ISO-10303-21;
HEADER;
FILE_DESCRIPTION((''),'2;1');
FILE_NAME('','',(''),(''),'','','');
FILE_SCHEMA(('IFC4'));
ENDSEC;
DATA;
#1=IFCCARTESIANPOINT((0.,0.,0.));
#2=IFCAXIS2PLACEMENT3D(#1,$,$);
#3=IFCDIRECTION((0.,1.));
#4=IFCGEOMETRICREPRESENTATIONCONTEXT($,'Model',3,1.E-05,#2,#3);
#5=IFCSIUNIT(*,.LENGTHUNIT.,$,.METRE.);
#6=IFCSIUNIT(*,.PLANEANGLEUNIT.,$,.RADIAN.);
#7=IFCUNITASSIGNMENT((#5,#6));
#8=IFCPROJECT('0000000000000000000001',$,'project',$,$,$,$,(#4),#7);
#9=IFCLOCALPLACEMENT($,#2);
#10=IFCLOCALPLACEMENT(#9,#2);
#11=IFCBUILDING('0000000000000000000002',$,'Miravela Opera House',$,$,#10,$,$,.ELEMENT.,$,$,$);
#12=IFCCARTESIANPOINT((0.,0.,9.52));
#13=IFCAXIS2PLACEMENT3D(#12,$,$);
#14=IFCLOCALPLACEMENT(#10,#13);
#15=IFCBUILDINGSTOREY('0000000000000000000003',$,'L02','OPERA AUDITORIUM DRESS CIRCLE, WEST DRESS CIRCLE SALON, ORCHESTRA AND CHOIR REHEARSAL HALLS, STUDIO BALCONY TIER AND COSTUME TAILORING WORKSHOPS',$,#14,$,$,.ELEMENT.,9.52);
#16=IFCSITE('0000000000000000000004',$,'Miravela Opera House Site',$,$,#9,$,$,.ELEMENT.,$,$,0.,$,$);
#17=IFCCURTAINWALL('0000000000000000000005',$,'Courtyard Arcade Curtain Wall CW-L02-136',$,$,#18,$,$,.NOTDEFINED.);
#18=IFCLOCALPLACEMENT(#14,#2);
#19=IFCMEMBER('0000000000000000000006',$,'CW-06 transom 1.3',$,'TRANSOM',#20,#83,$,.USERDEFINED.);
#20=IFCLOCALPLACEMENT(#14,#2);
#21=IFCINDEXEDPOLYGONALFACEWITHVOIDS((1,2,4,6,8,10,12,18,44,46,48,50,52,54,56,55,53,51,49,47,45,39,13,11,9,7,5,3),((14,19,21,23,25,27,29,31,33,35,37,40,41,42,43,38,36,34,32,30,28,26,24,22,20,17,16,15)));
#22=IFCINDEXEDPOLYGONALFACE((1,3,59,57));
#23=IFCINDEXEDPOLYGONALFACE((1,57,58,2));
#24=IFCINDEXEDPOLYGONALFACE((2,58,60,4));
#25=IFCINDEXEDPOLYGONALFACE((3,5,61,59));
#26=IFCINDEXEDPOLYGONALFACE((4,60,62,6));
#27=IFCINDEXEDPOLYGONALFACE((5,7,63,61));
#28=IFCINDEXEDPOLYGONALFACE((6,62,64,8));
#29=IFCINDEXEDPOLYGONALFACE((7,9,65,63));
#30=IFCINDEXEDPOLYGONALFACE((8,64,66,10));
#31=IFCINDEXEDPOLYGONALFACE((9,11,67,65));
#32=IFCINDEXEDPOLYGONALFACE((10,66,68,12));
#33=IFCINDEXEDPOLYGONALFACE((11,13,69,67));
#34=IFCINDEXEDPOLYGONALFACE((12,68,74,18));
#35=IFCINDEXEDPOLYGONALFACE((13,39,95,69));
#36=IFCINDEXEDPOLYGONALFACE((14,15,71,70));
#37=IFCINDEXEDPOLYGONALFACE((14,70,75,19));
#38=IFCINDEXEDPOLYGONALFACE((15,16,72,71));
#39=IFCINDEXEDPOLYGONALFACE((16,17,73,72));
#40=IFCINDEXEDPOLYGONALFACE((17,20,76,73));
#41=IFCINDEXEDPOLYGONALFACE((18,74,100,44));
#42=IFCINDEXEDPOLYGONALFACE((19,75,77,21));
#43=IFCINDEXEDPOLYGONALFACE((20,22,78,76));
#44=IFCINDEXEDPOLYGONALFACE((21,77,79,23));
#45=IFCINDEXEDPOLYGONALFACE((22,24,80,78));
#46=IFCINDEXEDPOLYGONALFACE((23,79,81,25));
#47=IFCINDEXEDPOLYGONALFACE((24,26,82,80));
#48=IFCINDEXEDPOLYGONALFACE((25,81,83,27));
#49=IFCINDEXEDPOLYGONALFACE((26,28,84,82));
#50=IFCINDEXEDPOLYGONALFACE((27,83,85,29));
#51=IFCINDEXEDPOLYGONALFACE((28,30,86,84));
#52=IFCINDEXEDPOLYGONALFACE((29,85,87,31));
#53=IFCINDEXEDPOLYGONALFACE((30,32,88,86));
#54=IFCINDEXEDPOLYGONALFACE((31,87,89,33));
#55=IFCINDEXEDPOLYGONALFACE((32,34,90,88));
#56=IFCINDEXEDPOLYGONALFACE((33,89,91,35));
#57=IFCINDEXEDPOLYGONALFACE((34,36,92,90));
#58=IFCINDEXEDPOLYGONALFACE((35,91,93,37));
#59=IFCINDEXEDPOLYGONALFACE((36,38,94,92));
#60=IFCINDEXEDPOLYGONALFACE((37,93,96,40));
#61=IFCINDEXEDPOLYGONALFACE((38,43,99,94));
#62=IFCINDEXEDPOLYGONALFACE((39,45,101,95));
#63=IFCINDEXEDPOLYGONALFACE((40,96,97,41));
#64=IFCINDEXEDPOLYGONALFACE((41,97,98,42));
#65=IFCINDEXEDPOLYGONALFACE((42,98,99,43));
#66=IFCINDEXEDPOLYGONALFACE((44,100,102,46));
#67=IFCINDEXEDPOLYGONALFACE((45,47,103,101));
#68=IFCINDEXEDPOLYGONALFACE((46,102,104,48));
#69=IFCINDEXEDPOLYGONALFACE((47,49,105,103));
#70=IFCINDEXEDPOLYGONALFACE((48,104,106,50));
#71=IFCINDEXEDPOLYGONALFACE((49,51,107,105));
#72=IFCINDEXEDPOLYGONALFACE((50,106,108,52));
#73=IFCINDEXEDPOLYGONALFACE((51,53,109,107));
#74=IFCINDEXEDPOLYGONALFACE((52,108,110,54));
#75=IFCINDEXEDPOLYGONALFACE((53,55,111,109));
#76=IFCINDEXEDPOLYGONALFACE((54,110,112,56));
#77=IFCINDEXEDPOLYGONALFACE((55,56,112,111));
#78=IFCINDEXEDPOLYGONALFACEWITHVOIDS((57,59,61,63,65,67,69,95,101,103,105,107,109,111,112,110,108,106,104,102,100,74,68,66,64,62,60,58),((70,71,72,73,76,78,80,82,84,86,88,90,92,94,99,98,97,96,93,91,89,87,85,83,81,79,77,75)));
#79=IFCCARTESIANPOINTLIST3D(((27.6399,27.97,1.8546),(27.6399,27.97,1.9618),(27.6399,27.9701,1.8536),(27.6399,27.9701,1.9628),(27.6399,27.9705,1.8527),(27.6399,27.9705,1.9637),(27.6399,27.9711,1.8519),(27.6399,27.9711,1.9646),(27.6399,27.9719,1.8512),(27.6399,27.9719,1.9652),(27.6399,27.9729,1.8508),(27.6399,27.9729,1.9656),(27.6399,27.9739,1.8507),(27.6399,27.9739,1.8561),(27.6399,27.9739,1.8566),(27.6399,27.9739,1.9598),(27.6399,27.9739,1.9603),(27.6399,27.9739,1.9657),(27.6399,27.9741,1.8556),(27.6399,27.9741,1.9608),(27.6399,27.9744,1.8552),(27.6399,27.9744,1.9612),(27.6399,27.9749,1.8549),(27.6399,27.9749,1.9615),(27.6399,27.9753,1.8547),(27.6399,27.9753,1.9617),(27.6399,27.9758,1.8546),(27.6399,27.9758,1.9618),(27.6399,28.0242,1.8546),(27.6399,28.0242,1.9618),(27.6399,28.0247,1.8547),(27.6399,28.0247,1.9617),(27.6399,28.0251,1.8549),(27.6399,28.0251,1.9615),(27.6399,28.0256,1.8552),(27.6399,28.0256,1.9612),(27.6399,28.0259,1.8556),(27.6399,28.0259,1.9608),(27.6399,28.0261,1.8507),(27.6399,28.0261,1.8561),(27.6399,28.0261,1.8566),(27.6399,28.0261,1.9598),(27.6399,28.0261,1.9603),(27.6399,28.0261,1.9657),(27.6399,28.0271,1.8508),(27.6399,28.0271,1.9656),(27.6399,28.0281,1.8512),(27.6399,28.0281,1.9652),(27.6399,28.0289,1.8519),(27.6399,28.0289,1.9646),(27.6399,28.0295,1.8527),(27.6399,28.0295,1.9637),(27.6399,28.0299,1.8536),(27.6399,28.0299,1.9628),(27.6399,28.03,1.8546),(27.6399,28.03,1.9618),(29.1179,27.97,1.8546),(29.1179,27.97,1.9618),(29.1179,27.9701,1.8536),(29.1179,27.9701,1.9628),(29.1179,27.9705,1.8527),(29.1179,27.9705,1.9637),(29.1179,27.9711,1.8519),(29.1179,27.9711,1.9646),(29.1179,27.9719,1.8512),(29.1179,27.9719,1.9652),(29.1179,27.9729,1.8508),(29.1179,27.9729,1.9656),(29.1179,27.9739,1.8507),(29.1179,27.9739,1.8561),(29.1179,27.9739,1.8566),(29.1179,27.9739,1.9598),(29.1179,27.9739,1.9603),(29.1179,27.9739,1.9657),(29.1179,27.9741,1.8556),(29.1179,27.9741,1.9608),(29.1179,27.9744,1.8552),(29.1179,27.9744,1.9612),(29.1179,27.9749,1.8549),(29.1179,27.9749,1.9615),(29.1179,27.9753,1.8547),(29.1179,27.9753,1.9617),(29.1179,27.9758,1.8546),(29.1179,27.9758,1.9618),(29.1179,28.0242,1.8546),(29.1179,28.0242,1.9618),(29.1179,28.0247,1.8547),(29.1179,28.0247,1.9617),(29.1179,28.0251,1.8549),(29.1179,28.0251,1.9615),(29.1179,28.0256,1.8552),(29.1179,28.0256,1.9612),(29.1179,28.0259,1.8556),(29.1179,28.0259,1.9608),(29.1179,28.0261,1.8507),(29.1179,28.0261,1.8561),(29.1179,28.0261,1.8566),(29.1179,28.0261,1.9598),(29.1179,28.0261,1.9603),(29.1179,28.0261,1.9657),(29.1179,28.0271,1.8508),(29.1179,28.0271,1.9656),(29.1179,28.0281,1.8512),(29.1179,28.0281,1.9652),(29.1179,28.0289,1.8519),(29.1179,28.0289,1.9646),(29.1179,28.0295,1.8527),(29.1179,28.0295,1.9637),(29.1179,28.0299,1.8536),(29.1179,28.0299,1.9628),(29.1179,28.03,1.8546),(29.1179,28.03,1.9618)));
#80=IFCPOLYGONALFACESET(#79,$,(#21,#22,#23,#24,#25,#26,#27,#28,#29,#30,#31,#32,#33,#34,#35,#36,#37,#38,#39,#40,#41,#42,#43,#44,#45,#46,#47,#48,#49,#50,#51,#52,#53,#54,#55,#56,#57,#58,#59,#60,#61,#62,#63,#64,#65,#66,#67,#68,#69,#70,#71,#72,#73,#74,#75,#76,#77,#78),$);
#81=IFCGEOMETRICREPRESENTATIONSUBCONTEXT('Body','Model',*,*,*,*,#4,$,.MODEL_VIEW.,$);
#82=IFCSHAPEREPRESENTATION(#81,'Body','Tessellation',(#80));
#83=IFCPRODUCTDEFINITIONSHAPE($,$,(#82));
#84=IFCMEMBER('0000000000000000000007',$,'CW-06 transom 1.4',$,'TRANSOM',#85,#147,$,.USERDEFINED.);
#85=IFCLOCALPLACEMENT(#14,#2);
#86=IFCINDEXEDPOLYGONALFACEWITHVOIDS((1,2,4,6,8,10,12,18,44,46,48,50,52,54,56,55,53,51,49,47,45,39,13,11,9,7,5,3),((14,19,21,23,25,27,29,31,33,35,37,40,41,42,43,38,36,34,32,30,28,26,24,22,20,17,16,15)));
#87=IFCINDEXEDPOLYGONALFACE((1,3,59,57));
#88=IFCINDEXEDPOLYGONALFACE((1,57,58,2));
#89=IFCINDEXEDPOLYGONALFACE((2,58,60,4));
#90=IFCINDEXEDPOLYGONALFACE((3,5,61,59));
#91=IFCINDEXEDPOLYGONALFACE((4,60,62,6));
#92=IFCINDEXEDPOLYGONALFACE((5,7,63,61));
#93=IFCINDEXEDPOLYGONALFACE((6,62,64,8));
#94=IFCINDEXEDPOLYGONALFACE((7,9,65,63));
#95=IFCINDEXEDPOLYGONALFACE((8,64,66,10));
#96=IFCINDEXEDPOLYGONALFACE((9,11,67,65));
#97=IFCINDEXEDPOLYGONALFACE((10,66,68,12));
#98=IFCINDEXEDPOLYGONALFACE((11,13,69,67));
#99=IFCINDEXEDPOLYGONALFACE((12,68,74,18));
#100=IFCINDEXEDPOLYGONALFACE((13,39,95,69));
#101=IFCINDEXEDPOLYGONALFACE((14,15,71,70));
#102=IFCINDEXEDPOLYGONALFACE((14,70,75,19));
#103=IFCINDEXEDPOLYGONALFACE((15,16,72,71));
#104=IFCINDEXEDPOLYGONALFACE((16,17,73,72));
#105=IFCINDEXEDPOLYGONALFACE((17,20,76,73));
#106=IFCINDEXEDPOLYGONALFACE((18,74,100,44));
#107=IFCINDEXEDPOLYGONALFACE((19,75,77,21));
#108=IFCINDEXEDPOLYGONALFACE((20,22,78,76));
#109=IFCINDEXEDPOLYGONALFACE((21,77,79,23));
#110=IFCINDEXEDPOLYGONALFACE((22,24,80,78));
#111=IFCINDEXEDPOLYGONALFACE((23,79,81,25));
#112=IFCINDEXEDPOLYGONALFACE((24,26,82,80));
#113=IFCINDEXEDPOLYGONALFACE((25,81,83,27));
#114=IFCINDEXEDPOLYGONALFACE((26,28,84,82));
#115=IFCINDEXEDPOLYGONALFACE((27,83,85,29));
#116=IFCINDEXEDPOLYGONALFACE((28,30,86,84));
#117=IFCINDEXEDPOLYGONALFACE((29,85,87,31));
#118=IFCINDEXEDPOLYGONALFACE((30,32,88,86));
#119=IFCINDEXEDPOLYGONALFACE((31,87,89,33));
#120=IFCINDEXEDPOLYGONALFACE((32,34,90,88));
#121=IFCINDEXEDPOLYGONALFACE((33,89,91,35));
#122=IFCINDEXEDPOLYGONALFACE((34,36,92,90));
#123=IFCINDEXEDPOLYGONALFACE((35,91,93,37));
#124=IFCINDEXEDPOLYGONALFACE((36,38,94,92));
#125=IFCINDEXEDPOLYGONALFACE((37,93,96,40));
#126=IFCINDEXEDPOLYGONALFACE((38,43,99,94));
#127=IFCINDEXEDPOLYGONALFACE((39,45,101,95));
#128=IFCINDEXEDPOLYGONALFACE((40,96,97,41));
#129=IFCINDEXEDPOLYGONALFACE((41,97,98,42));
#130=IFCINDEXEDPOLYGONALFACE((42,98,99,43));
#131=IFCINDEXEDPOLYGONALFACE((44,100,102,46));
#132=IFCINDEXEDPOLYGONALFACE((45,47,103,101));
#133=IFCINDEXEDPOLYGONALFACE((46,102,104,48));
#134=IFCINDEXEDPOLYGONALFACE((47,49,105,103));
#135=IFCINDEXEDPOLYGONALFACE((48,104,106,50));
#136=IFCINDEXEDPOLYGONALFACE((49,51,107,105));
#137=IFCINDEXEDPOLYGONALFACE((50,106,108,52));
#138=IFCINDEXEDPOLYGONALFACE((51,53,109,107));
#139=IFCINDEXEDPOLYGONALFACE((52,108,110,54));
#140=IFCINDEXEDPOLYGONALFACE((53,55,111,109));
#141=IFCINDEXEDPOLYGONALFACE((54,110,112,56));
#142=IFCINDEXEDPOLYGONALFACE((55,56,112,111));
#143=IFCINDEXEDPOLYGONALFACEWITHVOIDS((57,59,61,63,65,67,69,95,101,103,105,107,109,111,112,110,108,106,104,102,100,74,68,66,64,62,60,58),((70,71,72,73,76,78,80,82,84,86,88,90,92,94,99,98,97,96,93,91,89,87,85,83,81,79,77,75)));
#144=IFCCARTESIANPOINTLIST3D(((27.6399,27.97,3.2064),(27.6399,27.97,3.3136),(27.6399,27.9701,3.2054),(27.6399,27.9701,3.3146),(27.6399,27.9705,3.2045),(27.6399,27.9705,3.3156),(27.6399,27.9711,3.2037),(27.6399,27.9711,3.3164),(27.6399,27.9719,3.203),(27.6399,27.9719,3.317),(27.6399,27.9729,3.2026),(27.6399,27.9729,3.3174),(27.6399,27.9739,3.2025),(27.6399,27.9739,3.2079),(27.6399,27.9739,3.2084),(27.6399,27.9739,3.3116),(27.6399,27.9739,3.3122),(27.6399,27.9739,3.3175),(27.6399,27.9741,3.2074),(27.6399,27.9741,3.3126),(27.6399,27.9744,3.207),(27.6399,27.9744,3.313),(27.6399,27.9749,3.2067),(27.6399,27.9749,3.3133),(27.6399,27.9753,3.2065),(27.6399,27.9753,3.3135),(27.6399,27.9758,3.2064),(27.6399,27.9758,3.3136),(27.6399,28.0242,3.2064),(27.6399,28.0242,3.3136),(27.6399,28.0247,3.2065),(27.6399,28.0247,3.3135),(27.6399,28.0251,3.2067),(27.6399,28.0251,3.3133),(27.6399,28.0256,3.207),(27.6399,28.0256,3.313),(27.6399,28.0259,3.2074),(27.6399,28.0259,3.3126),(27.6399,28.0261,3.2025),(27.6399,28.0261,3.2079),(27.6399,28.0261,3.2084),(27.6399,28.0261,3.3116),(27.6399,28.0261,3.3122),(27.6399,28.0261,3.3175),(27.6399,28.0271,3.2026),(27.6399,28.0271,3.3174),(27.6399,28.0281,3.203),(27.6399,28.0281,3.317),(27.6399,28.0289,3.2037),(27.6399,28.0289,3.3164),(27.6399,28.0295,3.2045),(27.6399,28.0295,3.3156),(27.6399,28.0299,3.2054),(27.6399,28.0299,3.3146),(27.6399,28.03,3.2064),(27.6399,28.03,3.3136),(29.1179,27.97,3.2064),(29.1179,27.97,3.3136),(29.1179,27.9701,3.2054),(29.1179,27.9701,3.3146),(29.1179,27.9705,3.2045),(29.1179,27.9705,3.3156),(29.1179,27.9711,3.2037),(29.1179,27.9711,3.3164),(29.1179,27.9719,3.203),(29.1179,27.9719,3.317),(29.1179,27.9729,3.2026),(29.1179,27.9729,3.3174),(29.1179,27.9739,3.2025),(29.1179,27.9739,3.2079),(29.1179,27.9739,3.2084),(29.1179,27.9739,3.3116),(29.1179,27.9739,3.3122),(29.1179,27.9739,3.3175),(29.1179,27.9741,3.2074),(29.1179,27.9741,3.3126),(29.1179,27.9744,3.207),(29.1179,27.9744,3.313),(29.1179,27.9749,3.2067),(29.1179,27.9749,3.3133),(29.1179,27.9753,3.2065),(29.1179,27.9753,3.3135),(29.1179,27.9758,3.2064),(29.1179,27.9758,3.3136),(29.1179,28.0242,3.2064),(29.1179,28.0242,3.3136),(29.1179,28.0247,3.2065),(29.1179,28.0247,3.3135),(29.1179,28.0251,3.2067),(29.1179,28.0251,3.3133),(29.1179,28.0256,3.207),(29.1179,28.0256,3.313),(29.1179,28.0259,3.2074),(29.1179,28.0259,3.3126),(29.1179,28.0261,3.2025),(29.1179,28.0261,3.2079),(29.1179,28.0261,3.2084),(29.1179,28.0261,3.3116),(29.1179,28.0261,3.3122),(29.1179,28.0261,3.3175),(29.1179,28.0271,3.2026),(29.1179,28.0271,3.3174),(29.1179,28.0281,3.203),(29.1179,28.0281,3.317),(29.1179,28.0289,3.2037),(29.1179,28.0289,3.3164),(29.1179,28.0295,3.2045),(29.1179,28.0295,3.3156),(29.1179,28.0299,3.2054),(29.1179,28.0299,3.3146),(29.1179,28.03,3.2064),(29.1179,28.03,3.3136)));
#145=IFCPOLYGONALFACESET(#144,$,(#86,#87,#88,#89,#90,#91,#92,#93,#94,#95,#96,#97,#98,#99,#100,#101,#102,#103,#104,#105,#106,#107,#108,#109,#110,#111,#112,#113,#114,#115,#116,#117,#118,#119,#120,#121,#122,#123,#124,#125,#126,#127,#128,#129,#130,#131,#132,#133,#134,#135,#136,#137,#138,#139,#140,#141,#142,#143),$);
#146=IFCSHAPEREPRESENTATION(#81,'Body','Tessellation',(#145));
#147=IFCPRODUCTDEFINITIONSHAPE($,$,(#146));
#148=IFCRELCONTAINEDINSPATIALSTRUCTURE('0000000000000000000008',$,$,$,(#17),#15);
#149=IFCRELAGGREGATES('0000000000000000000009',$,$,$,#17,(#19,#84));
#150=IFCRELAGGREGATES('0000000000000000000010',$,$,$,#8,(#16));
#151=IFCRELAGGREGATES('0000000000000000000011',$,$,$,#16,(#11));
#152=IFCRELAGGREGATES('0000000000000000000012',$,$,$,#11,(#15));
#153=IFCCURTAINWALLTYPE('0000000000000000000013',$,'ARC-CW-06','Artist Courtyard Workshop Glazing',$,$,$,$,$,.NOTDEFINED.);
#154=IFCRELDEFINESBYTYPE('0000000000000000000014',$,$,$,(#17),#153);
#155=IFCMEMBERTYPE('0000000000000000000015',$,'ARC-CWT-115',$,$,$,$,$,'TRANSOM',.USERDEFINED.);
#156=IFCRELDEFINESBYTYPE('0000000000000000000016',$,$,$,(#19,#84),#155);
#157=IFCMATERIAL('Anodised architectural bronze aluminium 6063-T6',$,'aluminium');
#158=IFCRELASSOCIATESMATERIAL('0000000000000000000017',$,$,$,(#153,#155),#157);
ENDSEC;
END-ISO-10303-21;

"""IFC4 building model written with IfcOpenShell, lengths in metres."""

from ifc_helpers import new_model, si_unit, direction, frame, origin, origin_2d, place, context, subcontext, project, spatial, hollow_rectangle, extrude, material, material_profile, profile_set, type_object, element, aggregate, save


model = new_model("IFC4")

# Units and contexts
model_context = context("Model", 3, precision=1e-05, world=origin(), true_north=direction((0.0, 1.0)))
body_context = subcontext(model_context, "Body", "Model", "MODEL_VIEW")
ifc_project = project(units=[si_unit("LENGTHUNIT", "METRE"), si_unit("PLANEANGLEUNIT", "RADIAN")], contexts=[model_context])

# Site, building, storey
site_placement = place(None, origin())
site = spatial("IfcSite", under=ifc_project, at=site_placement, Name="Miravela Opera House Site", CompositionType="ELEMENT", RefElevation=0.0)
building_placement = place(site_placement, origin())
building = spatial("IfcBuilding", under=site, at=building_placement, Name="Miravela Opera House", CompositionType="ELEMENT")
storey_placement = place(building_placement, frame((0.0, 0.0, 9.52)))
storey = spatial("IfcBuildingStorey", under=building, at=storey_placement, Name="L02", Description="OPERA AUDITORIUM DRESS CIRCLE, WEST DRESS CIRCLE SALON, ORCHESTRA AND CHOIR REHEARSAL HALLS, STUDIO BALCONY TIER AND COSTUME TAILORING WORKSHOPS", CompositionType="ELEMENT", Elevation=9.52)

# Curtain wall
ifc_material_1 = material(Name="Anodised architectural bronze aluminium 6063-T6", Category="aluminium")
curtain_wall_type = type_object("IfcCurtainWallType", Name="ARC-CW-06", Description="Artist Courtyard Workshop Glazing", PredefinedType="NOTDEFINED", material=ifc_material_1)
curtain_wall_1_placement = place(storey_placement, origin())
curtain_wall_1 = element("IfcCurtainWall", 1, at=curtain_wall_1_placement, inside=storey, type_object=curtain_wall_type, Name="Courtyard Arcade Curtain Wall CW-L02-136", PredefinedType="NOTDEFINED")

# Members
ifc_material_profile_1 = material_profile(ifc_material_1, hollow_rectangle(XDim=0.0601, YDim=0.115, WallThickness=0.0039, InnerFilletRadius=0.002, OuterFilletRadius=0.0039, at=origin_2d()), Name="CWT-60X115")
ifc_profile_set_1 = profile_set([ifc_material_profile_1])
member_type_1 = type_object("IfcMemberType", Name="ARC-CWT-115", ElementType="TRANSOM", PredefinedType="USERDEFINED", material=ifc_profile_set_1)
member_1_placement = place(storey_placement, frame((27.6399, 28.0, 1.9082), z_axis=(1.0, 0.0, 0.0), x_axis=(0.0, 1.0, 0.0)))
member_1 = element("IfcMember", 2, at=member_1_placement, type_object=member_type_1, Name="CW-06 transom 1.3", ObjectType="TRANSOM", PredefinedType="USERDEFINED", context=body_context, shape_type="SweptSolid", body=[
    extrude(hollow_rectangle(XDim=0.0601, YDim=0.115, WallThickness=0.0039, InnerFilletRadius=0.002, OuterFilletRadius=0.0039, at=origin_2d()), origin(), (0.0, 0.0, 1.0), 1.478),
])
member_2_placement = place(storey_placement, frame((27.6399, 28.0, 3.26), z_axis=(1.0, 0.0, 0.0), x_axis=(0.0, 1.0, 0.0)))
member_2 = element("IfcMember", 3, at=member_2_placement, type_object=member_type_1, Name="CW-06 transom 1.4", ObjectType="TRANSOM", PredefinedType="USERDEFINED", context=body_context, shape_type="SweptSolid", body=[
    extrude(hollow_rectangle(XDim=0.0601, YDim=0.115, WallThickness=0.0039, InnerFilletRadius=0.002, OuterFilletRadius=0.0039, at=origin_2d()), origin(), (0.0, 0.0, 1.0), 1.478),
])

aggregate(curtain_wall_1, [member_1, member_2])

save(model, "model.ifc")
